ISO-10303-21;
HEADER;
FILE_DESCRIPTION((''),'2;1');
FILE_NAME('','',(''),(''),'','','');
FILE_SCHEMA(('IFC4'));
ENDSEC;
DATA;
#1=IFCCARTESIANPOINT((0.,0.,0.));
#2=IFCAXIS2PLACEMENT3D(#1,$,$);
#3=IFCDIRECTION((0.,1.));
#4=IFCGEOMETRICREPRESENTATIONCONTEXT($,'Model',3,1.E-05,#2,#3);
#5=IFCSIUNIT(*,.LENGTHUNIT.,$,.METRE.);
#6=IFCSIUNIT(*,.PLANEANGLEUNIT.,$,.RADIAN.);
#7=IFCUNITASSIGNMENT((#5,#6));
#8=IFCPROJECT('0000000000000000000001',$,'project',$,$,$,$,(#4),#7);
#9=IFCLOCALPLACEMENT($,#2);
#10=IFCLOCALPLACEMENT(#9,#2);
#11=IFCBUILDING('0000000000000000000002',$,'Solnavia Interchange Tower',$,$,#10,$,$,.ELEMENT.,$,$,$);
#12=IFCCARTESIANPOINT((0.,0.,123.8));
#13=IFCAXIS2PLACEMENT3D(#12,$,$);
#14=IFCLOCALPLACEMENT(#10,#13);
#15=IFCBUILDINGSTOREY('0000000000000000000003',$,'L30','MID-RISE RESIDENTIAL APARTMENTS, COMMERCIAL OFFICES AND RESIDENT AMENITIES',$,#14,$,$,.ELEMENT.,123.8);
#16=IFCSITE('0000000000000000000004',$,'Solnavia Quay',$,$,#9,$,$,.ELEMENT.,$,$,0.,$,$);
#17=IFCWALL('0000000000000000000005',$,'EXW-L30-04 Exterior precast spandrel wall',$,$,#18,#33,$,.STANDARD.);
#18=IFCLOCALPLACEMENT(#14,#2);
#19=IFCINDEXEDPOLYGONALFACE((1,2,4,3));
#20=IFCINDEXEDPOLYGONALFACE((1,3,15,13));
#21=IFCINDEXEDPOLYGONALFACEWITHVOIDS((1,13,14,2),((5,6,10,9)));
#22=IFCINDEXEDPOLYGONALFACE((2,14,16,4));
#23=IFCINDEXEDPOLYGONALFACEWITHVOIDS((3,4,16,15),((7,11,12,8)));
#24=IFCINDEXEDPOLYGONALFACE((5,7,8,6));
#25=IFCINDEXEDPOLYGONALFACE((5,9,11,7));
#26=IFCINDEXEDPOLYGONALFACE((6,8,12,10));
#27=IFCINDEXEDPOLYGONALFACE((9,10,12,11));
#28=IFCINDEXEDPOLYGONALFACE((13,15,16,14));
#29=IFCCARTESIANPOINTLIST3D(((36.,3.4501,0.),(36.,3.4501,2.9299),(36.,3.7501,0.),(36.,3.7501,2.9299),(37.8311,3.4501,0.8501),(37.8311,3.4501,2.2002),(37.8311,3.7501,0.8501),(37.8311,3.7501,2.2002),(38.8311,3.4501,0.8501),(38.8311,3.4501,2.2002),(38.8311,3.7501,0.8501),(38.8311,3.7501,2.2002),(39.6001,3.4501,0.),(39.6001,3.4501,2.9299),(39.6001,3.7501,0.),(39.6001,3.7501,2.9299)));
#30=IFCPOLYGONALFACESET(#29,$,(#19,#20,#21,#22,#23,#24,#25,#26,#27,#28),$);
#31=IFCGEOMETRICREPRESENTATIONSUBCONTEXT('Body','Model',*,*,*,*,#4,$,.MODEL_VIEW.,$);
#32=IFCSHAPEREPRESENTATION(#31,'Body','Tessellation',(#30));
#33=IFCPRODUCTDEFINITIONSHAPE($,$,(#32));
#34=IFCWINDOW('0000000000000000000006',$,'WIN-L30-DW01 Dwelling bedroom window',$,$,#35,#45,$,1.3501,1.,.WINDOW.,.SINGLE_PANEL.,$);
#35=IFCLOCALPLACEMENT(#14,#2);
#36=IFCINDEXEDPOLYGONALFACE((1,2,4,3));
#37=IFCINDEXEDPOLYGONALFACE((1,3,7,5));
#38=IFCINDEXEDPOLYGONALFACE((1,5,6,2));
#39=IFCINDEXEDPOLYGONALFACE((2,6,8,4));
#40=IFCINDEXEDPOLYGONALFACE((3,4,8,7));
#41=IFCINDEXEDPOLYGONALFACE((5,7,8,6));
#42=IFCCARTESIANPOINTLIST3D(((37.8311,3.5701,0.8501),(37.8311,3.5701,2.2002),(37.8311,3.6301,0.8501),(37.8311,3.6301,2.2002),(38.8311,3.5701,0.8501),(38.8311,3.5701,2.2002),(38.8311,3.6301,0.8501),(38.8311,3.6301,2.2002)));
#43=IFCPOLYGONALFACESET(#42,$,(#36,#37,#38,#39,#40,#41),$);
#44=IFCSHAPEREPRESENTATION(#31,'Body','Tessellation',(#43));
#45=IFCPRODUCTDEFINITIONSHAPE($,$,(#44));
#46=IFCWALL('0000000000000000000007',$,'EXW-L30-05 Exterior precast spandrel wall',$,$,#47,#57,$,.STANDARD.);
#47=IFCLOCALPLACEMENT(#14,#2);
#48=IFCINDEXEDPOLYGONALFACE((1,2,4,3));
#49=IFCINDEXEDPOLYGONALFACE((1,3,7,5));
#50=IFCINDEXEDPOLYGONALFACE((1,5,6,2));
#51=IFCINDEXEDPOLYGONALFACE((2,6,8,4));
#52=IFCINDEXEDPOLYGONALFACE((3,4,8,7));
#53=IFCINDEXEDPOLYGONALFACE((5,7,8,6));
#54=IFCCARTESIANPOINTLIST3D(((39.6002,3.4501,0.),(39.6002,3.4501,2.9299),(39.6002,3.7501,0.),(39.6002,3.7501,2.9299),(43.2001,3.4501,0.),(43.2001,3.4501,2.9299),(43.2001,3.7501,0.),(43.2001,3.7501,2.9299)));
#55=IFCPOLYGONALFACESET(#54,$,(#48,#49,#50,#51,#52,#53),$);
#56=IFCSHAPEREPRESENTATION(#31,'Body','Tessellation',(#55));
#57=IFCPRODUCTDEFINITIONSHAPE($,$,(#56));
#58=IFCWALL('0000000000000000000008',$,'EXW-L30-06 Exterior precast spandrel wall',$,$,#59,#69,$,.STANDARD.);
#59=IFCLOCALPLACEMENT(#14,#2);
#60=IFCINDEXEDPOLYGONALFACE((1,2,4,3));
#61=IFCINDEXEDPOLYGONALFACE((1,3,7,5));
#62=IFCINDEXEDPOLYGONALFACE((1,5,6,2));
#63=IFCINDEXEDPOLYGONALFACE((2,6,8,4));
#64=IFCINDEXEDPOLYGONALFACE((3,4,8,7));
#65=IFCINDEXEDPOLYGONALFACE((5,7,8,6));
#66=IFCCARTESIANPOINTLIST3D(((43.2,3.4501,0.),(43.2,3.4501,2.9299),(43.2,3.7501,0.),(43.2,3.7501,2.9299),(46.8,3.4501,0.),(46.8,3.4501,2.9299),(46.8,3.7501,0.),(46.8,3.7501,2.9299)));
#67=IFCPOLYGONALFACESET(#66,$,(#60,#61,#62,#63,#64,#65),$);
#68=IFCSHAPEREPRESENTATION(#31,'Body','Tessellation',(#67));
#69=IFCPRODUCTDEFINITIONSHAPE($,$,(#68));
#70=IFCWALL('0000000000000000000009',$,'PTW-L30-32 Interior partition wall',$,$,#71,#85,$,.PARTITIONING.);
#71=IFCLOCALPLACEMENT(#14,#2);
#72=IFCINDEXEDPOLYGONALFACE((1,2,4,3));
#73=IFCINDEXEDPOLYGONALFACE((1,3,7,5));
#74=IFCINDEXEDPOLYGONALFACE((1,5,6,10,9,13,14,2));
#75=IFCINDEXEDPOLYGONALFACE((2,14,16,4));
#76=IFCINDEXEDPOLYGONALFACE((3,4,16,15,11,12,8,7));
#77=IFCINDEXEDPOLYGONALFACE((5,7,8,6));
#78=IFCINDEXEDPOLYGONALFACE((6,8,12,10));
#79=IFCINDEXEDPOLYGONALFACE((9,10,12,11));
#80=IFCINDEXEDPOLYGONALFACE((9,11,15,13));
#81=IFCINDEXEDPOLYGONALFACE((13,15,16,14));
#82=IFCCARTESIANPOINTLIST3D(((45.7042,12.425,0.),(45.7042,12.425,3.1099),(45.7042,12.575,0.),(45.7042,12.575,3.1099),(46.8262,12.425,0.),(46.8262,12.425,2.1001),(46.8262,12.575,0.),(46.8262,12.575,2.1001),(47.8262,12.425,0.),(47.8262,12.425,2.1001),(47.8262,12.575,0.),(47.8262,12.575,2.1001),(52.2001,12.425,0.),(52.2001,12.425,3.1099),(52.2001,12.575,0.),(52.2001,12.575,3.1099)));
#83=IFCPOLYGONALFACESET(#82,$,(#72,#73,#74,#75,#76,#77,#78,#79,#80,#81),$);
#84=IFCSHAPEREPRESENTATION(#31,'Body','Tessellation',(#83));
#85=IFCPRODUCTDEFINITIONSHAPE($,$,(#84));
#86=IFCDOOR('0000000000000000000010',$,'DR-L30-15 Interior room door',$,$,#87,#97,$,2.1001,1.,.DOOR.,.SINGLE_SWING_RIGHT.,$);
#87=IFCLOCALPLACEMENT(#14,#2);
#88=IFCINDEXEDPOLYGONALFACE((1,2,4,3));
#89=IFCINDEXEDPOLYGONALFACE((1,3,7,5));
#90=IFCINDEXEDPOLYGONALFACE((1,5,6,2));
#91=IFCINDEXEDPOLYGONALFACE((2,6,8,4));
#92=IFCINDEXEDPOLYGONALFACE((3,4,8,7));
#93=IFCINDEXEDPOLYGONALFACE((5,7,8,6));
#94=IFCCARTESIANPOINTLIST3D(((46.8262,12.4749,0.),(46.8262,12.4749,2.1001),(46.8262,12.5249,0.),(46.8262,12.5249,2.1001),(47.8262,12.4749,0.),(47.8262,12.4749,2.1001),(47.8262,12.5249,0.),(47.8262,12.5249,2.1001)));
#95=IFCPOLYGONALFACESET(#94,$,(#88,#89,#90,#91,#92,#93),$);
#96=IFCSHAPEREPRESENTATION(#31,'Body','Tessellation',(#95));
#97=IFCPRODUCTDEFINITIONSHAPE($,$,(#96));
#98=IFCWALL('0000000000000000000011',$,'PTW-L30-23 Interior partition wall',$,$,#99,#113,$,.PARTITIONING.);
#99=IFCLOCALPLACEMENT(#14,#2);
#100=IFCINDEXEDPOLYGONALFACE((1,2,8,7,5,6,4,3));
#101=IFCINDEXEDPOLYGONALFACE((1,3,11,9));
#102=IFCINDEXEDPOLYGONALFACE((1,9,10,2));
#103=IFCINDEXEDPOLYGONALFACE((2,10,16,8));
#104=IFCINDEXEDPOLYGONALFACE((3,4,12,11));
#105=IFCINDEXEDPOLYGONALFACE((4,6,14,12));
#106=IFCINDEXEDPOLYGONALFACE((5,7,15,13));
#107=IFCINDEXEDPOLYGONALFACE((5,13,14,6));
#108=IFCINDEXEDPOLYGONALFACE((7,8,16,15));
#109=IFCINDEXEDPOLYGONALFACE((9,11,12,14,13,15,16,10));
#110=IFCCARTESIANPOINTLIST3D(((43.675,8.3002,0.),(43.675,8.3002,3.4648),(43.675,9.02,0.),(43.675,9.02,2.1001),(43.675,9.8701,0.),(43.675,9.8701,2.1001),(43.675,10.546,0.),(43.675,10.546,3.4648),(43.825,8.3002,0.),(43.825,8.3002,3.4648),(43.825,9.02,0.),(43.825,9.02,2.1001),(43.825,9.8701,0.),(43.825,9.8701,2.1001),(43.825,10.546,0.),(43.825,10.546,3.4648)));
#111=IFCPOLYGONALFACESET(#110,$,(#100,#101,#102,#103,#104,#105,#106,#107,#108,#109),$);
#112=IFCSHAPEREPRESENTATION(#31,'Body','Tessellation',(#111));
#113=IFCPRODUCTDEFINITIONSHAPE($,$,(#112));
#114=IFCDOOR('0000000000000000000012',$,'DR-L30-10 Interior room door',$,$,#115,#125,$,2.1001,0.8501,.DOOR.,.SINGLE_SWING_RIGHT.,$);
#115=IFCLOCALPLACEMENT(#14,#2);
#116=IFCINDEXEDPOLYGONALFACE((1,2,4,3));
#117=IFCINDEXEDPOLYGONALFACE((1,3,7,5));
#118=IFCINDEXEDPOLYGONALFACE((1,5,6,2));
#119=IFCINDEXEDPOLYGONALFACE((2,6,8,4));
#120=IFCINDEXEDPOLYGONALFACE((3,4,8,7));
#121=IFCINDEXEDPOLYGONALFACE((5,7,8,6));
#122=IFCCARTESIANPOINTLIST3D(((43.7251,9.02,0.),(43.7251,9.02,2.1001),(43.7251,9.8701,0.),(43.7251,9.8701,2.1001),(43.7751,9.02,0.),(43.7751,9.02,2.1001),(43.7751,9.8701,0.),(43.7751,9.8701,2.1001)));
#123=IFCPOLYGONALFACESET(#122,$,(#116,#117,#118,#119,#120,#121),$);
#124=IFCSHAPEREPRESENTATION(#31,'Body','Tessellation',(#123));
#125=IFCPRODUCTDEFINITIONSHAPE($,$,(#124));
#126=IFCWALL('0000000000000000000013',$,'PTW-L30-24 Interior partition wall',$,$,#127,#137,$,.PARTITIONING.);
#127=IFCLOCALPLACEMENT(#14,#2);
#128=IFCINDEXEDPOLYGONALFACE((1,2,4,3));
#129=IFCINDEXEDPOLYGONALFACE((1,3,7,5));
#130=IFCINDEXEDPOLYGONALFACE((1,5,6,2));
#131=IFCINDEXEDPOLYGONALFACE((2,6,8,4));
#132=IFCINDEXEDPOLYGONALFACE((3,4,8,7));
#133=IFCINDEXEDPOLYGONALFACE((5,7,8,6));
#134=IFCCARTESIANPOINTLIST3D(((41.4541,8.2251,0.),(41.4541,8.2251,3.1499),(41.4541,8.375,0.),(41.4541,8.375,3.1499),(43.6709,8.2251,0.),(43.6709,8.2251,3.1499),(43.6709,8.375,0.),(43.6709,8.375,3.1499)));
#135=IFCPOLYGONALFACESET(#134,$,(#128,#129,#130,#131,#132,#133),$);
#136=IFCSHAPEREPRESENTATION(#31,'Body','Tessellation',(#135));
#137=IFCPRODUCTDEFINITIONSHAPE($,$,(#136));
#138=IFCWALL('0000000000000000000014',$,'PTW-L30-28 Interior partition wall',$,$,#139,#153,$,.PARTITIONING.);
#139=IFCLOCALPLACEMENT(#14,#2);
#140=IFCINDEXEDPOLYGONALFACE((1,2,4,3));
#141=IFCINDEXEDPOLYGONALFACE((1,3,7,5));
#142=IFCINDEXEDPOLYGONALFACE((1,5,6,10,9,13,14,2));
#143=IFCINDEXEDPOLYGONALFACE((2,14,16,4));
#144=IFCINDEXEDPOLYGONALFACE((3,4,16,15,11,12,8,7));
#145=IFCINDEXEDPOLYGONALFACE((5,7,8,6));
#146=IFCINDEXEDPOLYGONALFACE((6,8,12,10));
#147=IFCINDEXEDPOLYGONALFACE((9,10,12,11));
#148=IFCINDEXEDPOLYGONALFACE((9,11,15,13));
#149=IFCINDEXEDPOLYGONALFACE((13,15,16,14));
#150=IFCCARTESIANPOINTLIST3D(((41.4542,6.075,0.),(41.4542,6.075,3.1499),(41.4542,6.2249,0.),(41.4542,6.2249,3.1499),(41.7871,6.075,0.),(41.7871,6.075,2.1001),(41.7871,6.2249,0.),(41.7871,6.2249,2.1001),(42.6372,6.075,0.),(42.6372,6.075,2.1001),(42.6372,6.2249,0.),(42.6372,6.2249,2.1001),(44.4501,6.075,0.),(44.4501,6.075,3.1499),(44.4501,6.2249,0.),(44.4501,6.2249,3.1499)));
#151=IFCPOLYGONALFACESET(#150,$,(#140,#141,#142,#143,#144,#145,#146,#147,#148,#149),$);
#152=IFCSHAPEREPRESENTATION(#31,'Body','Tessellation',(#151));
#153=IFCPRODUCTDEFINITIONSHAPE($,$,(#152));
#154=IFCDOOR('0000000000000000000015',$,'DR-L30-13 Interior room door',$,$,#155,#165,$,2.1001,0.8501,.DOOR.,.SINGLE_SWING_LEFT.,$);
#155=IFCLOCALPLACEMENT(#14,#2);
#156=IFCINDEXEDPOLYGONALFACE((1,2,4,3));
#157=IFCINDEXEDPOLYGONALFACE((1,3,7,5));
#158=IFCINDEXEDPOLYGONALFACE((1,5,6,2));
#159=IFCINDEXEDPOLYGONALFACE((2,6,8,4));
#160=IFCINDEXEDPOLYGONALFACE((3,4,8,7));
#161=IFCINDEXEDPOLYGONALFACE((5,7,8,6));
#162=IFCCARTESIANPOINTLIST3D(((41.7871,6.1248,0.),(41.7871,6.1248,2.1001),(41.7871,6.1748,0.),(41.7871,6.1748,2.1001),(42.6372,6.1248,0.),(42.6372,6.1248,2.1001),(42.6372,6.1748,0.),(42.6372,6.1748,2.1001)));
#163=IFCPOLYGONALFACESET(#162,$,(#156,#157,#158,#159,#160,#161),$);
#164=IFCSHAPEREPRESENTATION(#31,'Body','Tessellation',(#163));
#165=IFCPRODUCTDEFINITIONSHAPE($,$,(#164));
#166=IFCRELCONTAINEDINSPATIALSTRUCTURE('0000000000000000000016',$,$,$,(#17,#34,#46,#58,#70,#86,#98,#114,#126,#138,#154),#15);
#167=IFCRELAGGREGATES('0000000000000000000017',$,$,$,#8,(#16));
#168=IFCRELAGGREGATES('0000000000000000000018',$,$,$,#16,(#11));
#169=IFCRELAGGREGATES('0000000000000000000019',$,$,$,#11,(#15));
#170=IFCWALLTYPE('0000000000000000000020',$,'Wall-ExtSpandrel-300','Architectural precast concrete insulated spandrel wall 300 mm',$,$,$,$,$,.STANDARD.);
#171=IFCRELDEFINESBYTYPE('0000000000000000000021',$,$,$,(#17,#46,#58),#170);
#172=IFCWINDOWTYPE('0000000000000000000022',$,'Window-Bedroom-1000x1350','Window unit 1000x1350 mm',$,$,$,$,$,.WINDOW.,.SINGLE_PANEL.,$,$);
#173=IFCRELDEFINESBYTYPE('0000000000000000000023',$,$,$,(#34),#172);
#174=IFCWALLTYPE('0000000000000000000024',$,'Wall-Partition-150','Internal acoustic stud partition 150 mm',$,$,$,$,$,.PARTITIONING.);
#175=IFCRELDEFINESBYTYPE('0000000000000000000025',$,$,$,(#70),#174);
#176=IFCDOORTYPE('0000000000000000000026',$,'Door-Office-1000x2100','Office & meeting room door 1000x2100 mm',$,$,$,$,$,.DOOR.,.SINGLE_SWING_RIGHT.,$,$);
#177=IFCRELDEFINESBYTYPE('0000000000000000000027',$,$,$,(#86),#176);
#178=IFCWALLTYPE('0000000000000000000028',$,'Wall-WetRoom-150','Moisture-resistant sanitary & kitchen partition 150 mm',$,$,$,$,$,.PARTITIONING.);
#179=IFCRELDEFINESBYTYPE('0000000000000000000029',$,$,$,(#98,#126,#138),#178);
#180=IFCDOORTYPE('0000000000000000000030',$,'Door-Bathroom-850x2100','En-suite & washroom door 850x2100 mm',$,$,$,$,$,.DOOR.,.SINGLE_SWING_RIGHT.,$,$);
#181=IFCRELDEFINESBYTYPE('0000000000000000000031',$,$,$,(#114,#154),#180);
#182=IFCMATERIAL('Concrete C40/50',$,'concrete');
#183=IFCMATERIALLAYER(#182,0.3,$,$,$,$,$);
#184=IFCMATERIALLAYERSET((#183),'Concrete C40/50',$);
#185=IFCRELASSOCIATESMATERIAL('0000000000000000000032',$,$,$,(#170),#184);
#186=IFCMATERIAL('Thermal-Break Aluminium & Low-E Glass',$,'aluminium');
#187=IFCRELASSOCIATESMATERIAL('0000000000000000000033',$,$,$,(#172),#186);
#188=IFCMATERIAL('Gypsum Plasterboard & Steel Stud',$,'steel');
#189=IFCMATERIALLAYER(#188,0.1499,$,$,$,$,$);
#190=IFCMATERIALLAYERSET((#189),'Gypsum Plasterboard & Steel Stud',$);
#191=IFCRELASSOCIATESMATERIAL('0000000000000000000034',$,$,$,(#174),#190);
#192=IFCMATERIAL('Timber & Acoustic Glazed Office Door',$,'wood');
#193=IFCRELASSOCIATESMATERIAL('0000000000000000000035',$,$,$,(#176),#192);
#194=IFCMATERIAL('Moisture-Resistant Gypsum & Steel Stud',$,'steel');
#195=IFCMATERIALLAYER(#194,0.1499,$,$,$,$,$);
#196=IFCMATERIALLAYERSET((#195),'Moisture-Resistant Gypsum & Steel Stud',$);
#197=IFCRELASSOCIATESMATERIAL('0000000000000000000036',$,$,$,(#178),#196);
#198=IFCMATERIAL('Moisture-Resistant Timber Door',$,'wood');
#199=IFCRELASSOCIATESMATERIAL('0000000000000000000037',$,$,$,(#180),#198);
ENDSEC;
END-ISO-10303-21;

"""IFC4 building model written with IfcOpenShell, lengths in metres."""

from ifc_helpers import new_model, si_unit, direction, frame, frame_2d, origin, place, context, subcontext, project, spatial, rectangle, extrude, material, layer, layer_set, type_object, element, fill, save


model = new_model("IFC4")

# Units and contexts
model_context = context("Model", 3, precision=1e-05, world=origin(), true_north=direction((0.0, 1.0)))
body_context = subcontext(model_context, "Body", "Model", "MODEL_VIEW")
ifc_project = project(units=[si_unit("LENGTHUNIT", "METRE"), si_unit("PLANEANGLEUNIT", "RADIAN")], contexts=[model_context])

# Site, building, storey
site_placement = place(None, origin())
site = spatial("IfcSite", under=ifc_project, at=site_placement, Name="Solnavia Quay", CompositionType="ELEMENT", RefElevation=0.0)
building_placement = place(site_placement, origin())
building = spatial("IfcBuilding", under=site, at=building_placement, Name="Solnavia Interchange Tower", CompositionType="ELEMENT")
storey_placement = place(building_placement, frame((0.0, 0.0, 123.8)))
storey = spatial("IfcBuildingStorey", under=building, at=storey_placement, Name="L30", Description="MID-RISE RESIDENTIAL APARTMENTS, COMMERCIAL OFFICES AND RESIDENT AMENITIES", CompositionType="ELEMENT", Elevation=123.8)

# Wall, opening, window
ifc_material_1 = material(Name="Concrete C40/50", Category="concrete")
ifc_layer_1 = layer(ifc_material_1, 0.3)
ifc_layer_set_1 = layer_set([ifc_layer_1], Name="Concrete C40/50")
wall_type_1 = type_object("IfcWallType", Name="Wall-ExtSpandrel-300", Description="Architectural precast concrete insulated spandrel wall 300 mm", PredefinedType="STANDARD", material=ifc_layer_set_1)
wall_1_placement = place(storey_placement, frame((39.6001, 3.6001, 0.0), z_axis=(0.0, 0.0, 1.0), x_axis=(-1.0, 0.0, 0.0)))
wall_1 = element("IfcWall", 1, at=wall_1_placement, inside=storey, type_object=wall_type_1, Name="EXW-L30-04 Exterior precast spandrel wall", PredefinedType="STANDARD", context=body_context, shape_type="SweptSolid", body=[
    extrude(rectangle(XDim=3.6001, YDim=0.3, at=frame_2d((1.8, 0.0))), origin(), (0.0, 0.0, 1.0), 2.9299),
])
opening_1_placement = place(wall_1_placement, frame((0.769, 0.0, 0.8501)))
opening_1 = element("IfcOpeningElement", 2, at=opening_1_placement, cuts=wall_1, PredefinedType="OPENING", context=body_context, shape_type="SweptSolid", body=[
    extrude(rectangle(XDim=1.0, YDim=1.3501, at=frame_2d((0.5, 0.675))), frame((0.0, 0.1602, 0.0), z_axis=(0.0, -1.0, 0.0), x_axis=(1.0, 0.0, 0.0)), (0.0, 0.0, 1.0), 0.3201),
])
ifc_material_2 = material(Name="Thermal-Break Aluminium & Low-E Glass", Category="aluminium")
window_type = type_object("IfcWindowType", Name="Window-Bedroom-1000x1350", Description="Window unit 1000x1350 mm", PartitioningType="SINGLE_PANEL", PredefinedType="WINDOW", material=ifc_material_2)
window_placement = place(opening_1_placement, origin())
window = element("IfcWindow", 3, at=window_placement, inside=storey, type_object=window_type, Name="WIN-L30-DW01 Dwelling bedroom window", OverallHeight=1.3501, OverallWidth=1.0, PartitioningType="SINGLE_PANEL", PredefinedType="WINDOW", context=body_context, shape_type="SweptSolid", body=[
    extrude(rectangle(XDim=1.0, YDim=1.3501, at=frame_2d((0.5, 0.675))), frame((0.0, 0.03, 0.0), z_axis=(0.0, -1.0, 0.0), x_axis=(1.0, 0.0, 0.0)), (0.0, 0.0, 1.0), 0.0601),
])
fill(opening_1, window)

# Walls
wall_2_placement = place(storey_placement, frame((43.2, 3.6001, 0.0), z_axis=(0.0, 0.0, 1.0), x_axis=(-1.0, 0.0, 0.0)))
element("IfcWall", 4, at=wall_2_placement, inside=storey, type_object=wall_type_1, Name="EXW-L30-05 Exterior precast spandrel wall", PredefinedType="STANDARD", context=body_context, shape_type="SweptSolid", body=[
    extrude(rectangle(XDim=3.5999, YDim=0.3, at=frame_2d((1.7998, 0.0))), origin(), (0.0, 0.0, 1.0), 2.9299),
])
wall_3_placement = place(storey_placement, frame((46.8, 3.6001, 0.0), z_axis=(0.0, 0.0, 1.0), x_axis=(-1.0, 0.0, 0.0)))
element("IfcWall", 5, at=wall_3_placement, inside=storey, type_object=wall_type_1, Name="EXW-L30-06 Exterior precast spandrel wall", PredefinedType="STANDARD", context=body_context, shape_type="SweptSolid", body=[
    extrude(rectangle(XDim=3.6001, YDim=0.3, at=frame_2d((1.8, 0.0))), origin(), (0.0, 0.0, 1.0), 2.9299),
])

# Walls, openings, doors
ifc_material_3 = material(Name="Gypsum Plasterboard & Steel Stud", Category="steel")
ifc_layer_2 = layer(ifc_material_3, 0.1499)
ifc_layer_set_2 = layer_set([ifc_layer_2], Name="Gypsum Plasterboard & Steel Stud")
wall_type_2 = type_object("IfcWallType", Name="Wall-Partition-150", Description="Internal acoustic stud partition 150 mm", PredefinedType="PARTITIONING", material=ifc_layer_set_2)
wall_4_placement = place(storey_placement, frame((45.7041, 12.5, 0.0), z_axis=(0.0, 0.0, 1.0), x_axis=(1.0, 0.0, 0.0)))
wall_4 = element("IfcWall", 6, at=wall_4_placement, inside=storey, type_object=wall_type_2, Name="PTW-L30-32 Interior partition wall", PredefinedType="PARTITIONING", context=body_context, shape_type="SweptSolid", body=[
    extrude(rectangle(XDim=6.4958, YDim=0.1499, at=frame_2d((3.248, 0.0))), origin(), (0.0, 0.0, 1.0), 3.1099),
])
opening_2_placement = place(wall_4_placement, frame((1.1221, 0.0, 0.0)))
opening_2 = element("IfcOpeningElement", 7, at=opening_2_placement, cuts=wall_4, PredefinedType="OPENING", context=body_context, shape_type="SweptSolid", body=[
    extrude(rectangle(XDim=1.0, YDim=2.1001, at=frame_2d((0.5, 1.05))), frame((0.0, 0.085, 0.0), z_axis=(0.0, -1.0, 0.0), x_axis=(1.0, 0.0, 0.0)), (0.0, 0.0, 1.0), 0.1699),
])
ifc_material_4 = material(Name="Timber & Acoustic Glazed Office Door", Category="wood")
door_type_1 = type_object("IfcDoorType", Name="Door-Office-1000x2100", Description="Office & meeting room door 1000x2100 mm", OperationType="SINGLE_SWING_RIGHT", PredefinedType="DOOR", material=ifc_material_4)
door_1_placement = place(opening_2_placement, origin())
door_1 = element("IfcDoor", 8, at=door_1_placement, inside=storey, type_object=door_type_1, Name="DR-L30-15 Interior room door", OperationType="SINGLE_SWING_RIGHT", OverallHeight=2.1001, OverallWidth=1.0, PredefinedType="DOOR", context=body_context, shape_type="SweptSolid", body=[
    extrude(rectangle(XDim=1.0, YDim=2.1001, at=frame_2d((0.5, 1.05))), frame((0.0, 0.0249, 0.0), z_axis=(0.0, -1.0, 0.0), x_axis=(1.0, 0.0, 0.0)), (0.0, 0.0, 1.0), 0.05),
])
fill(opening_2, door_1)
ifc_material_5 = material(Name="Moisture-Resistant Gypsum & Steel Stud", Category="steel")
ifc_layer_3 = layer(ifc_material_5, 0.1499)
ifc_layer_set_3 = layer_set([ifc_layer_3], Name="Moisture-Resistant Gypsum & Steel Stud")
wall_type_3 = type_object("IfcWallType", Name="Wall-WetRoom-150", Description="Moisture-resistant sanitary & kitchen partition 150 mm", PredefinedType="PARTITIONING", material=ifc_layer_set_3)
wall_5_placement = place(storey_placement, frame((43.75, 8.3, 0.0), z_axis=(0.0, 0.0, 1.0), x_axis=(0.0, 1.0, 0.0)))
wall_5 = element("IfcWall", 9, at=wall_5_placement, inside=storey, type_object=wall_type_3, Name="PTW-L30-23 Interior partition wall", PredefinedType="PARTITIONING", context=body_context, shape_type="SweptSolid", body=[
    extrude(rectangle(XDim=2.2458, YDim=0.1499, at=frame_2d((1.123, 0.0))), origin(), (0.0, 0.0, 1.0), 3.4648),
])
opening_3_placement = place(wall_5_placement, frame((0.72, 0.0, 0.0)))
opening_3 = element("IfcOpeningElement", 10, at=opening_3_placement, cuts=wall_5, PredefinedType="OPENING", context=body_context, shape_type="SweptSolid", body=[
    extrude(rectangle(XDim=0.8501, YDim=2.1001, at=frame_2d((0.425, 1.05))), frame((0.0, 0.085, 0.0), z_axis=(0.0, -1.0, 0.0), x_axis=(1.0, 0.0, 0.0)), (0.0, 0.0, 1.0), 0.1699),
])
ifc_material_6 = material(Name="Moisture-Resistant Timber Door", Category="wood")
door_type_2 = type_object("IfcDoorType", Name="Door-Bathroom-850x2100", Description="En-suite & washroom door 850x2100 mm", OperationType="SINGLE_SWING_RIGHT", PredefinedType="DOOR", material=ifc_material_6)
door_2_placement = place(opening_3_placement, origin())
door_2 = element("IfcDoor", 11, at=door_2_placement, inside=storey, type_object=door_type_2, Name="DR-L30-10 Interior room door", OperationType="SINGLE_SWING_RIGHT", OverallHeight=2.1001, OverallWidth=0.8501, PredefinedType="DOOR", context=body_context, shape_type="SweptSolid", body=[
    extrude(rectangle(XDim=0.8501, YDim=2.1001, at=frame_2d((0.425, 1.05))), frame((0.0, 0.0249, 0.0), z_axis=(0.0, -1.0, 0.0), x_axis=(1.0, 0.0, 0.0)), (0.0, 0.0, 1.0), 0.05),
])
fill(opening_3, door_2)

# Wall
wall_6_placement = place(storey_placement, frame((41.4541, 8.3, 0.0), z_axis=(0.0, 0.0, 1.0), x_axis=(1.0, 0.0, 0.0)))
element("IfcWall", 12, at=wall_6_placement, inside=storey, type_object=wall_type_3, Name="PTW-L30-24 Interior partition wall", PredefinedType="PARTITIONING", context=body_context, shape_type="SweptSolid", body=[
    extrude(rectangle(XDim=2.2168, YDim=0.1499, at=frame_2d((1.1084, 0.0))), origin(), (0.0, 0.0, 1.0), 3.1499),
])

# Wall, opening, door
wall_7_placement = place(storey_placement, frame((41.4541, 6.1499, 0.0), z_axis=(0.0, 0.0, 1.0), x_axis=(1.0, 0.0, 0.0)))
wall_7 = element("IfcWall", 13, at=wall_7_placement, inside=storey, type_object=wall_type_3, Name="PTW-L30-28 Interior partition wall", PredefinedType="PARTITIONING", context=body_context, shape_type="SweptSolid", body=[
    extrude(rectangle(XDim=2.9958, YDim=0.1499, at=frame_2d((1.498, 0.0))), origin(), (0.0, 0.0, 1.0), 3.1499),
])
opening_4_placement = place(wall_7_placement, frame((0.333, 0.0, 0.0)))
opening_4 = element("IfcOpeningElement", 14, at=opening_4_placement, cuts=wall_7, PredefinedType="OPENING", context=body_context, shape_type="SweptSolid", body=[
    extrude(rectangle(XDim=0.8501, YDim=2.1001, at=frame_2d((0.425, 1.05))), frame((0.0, 0.085, 0.0), z_axis=(0.0, -1.0, 0.0), x_axis=(1.0, 0.0, 0.0)), (0.0, 0.0, 1.0), 0.1699),
])
door_3_placement = place(opening_4_placement, origin())
door_3 = element("IfcDoor", 15, at=door_3_placement, inside=storey, type_object=door_type_2, Name="DR-L30-13 Interior room door", OperationType="SINGLE_SWING_LEFT", OverallHeight=2.1001, OverallWidth=0.8501, PredefinedType="DOOR", context=body_context, shape_type="SweptSolid", body=[
    extrude(rectangle(XDim=0.8501, YDim=2.1001, at=frame_2d((0.425, 1.05))), frame((0.0, 0.0249, 0.0), z_axis=(0.0, -1.0, 0.0), x_axis=(1.0, 0.0, 0.0)), (0.0, 0.0, 1.0), 0.05),
])
fill(opening_4, door_3)

save(model, "model.ifc")
